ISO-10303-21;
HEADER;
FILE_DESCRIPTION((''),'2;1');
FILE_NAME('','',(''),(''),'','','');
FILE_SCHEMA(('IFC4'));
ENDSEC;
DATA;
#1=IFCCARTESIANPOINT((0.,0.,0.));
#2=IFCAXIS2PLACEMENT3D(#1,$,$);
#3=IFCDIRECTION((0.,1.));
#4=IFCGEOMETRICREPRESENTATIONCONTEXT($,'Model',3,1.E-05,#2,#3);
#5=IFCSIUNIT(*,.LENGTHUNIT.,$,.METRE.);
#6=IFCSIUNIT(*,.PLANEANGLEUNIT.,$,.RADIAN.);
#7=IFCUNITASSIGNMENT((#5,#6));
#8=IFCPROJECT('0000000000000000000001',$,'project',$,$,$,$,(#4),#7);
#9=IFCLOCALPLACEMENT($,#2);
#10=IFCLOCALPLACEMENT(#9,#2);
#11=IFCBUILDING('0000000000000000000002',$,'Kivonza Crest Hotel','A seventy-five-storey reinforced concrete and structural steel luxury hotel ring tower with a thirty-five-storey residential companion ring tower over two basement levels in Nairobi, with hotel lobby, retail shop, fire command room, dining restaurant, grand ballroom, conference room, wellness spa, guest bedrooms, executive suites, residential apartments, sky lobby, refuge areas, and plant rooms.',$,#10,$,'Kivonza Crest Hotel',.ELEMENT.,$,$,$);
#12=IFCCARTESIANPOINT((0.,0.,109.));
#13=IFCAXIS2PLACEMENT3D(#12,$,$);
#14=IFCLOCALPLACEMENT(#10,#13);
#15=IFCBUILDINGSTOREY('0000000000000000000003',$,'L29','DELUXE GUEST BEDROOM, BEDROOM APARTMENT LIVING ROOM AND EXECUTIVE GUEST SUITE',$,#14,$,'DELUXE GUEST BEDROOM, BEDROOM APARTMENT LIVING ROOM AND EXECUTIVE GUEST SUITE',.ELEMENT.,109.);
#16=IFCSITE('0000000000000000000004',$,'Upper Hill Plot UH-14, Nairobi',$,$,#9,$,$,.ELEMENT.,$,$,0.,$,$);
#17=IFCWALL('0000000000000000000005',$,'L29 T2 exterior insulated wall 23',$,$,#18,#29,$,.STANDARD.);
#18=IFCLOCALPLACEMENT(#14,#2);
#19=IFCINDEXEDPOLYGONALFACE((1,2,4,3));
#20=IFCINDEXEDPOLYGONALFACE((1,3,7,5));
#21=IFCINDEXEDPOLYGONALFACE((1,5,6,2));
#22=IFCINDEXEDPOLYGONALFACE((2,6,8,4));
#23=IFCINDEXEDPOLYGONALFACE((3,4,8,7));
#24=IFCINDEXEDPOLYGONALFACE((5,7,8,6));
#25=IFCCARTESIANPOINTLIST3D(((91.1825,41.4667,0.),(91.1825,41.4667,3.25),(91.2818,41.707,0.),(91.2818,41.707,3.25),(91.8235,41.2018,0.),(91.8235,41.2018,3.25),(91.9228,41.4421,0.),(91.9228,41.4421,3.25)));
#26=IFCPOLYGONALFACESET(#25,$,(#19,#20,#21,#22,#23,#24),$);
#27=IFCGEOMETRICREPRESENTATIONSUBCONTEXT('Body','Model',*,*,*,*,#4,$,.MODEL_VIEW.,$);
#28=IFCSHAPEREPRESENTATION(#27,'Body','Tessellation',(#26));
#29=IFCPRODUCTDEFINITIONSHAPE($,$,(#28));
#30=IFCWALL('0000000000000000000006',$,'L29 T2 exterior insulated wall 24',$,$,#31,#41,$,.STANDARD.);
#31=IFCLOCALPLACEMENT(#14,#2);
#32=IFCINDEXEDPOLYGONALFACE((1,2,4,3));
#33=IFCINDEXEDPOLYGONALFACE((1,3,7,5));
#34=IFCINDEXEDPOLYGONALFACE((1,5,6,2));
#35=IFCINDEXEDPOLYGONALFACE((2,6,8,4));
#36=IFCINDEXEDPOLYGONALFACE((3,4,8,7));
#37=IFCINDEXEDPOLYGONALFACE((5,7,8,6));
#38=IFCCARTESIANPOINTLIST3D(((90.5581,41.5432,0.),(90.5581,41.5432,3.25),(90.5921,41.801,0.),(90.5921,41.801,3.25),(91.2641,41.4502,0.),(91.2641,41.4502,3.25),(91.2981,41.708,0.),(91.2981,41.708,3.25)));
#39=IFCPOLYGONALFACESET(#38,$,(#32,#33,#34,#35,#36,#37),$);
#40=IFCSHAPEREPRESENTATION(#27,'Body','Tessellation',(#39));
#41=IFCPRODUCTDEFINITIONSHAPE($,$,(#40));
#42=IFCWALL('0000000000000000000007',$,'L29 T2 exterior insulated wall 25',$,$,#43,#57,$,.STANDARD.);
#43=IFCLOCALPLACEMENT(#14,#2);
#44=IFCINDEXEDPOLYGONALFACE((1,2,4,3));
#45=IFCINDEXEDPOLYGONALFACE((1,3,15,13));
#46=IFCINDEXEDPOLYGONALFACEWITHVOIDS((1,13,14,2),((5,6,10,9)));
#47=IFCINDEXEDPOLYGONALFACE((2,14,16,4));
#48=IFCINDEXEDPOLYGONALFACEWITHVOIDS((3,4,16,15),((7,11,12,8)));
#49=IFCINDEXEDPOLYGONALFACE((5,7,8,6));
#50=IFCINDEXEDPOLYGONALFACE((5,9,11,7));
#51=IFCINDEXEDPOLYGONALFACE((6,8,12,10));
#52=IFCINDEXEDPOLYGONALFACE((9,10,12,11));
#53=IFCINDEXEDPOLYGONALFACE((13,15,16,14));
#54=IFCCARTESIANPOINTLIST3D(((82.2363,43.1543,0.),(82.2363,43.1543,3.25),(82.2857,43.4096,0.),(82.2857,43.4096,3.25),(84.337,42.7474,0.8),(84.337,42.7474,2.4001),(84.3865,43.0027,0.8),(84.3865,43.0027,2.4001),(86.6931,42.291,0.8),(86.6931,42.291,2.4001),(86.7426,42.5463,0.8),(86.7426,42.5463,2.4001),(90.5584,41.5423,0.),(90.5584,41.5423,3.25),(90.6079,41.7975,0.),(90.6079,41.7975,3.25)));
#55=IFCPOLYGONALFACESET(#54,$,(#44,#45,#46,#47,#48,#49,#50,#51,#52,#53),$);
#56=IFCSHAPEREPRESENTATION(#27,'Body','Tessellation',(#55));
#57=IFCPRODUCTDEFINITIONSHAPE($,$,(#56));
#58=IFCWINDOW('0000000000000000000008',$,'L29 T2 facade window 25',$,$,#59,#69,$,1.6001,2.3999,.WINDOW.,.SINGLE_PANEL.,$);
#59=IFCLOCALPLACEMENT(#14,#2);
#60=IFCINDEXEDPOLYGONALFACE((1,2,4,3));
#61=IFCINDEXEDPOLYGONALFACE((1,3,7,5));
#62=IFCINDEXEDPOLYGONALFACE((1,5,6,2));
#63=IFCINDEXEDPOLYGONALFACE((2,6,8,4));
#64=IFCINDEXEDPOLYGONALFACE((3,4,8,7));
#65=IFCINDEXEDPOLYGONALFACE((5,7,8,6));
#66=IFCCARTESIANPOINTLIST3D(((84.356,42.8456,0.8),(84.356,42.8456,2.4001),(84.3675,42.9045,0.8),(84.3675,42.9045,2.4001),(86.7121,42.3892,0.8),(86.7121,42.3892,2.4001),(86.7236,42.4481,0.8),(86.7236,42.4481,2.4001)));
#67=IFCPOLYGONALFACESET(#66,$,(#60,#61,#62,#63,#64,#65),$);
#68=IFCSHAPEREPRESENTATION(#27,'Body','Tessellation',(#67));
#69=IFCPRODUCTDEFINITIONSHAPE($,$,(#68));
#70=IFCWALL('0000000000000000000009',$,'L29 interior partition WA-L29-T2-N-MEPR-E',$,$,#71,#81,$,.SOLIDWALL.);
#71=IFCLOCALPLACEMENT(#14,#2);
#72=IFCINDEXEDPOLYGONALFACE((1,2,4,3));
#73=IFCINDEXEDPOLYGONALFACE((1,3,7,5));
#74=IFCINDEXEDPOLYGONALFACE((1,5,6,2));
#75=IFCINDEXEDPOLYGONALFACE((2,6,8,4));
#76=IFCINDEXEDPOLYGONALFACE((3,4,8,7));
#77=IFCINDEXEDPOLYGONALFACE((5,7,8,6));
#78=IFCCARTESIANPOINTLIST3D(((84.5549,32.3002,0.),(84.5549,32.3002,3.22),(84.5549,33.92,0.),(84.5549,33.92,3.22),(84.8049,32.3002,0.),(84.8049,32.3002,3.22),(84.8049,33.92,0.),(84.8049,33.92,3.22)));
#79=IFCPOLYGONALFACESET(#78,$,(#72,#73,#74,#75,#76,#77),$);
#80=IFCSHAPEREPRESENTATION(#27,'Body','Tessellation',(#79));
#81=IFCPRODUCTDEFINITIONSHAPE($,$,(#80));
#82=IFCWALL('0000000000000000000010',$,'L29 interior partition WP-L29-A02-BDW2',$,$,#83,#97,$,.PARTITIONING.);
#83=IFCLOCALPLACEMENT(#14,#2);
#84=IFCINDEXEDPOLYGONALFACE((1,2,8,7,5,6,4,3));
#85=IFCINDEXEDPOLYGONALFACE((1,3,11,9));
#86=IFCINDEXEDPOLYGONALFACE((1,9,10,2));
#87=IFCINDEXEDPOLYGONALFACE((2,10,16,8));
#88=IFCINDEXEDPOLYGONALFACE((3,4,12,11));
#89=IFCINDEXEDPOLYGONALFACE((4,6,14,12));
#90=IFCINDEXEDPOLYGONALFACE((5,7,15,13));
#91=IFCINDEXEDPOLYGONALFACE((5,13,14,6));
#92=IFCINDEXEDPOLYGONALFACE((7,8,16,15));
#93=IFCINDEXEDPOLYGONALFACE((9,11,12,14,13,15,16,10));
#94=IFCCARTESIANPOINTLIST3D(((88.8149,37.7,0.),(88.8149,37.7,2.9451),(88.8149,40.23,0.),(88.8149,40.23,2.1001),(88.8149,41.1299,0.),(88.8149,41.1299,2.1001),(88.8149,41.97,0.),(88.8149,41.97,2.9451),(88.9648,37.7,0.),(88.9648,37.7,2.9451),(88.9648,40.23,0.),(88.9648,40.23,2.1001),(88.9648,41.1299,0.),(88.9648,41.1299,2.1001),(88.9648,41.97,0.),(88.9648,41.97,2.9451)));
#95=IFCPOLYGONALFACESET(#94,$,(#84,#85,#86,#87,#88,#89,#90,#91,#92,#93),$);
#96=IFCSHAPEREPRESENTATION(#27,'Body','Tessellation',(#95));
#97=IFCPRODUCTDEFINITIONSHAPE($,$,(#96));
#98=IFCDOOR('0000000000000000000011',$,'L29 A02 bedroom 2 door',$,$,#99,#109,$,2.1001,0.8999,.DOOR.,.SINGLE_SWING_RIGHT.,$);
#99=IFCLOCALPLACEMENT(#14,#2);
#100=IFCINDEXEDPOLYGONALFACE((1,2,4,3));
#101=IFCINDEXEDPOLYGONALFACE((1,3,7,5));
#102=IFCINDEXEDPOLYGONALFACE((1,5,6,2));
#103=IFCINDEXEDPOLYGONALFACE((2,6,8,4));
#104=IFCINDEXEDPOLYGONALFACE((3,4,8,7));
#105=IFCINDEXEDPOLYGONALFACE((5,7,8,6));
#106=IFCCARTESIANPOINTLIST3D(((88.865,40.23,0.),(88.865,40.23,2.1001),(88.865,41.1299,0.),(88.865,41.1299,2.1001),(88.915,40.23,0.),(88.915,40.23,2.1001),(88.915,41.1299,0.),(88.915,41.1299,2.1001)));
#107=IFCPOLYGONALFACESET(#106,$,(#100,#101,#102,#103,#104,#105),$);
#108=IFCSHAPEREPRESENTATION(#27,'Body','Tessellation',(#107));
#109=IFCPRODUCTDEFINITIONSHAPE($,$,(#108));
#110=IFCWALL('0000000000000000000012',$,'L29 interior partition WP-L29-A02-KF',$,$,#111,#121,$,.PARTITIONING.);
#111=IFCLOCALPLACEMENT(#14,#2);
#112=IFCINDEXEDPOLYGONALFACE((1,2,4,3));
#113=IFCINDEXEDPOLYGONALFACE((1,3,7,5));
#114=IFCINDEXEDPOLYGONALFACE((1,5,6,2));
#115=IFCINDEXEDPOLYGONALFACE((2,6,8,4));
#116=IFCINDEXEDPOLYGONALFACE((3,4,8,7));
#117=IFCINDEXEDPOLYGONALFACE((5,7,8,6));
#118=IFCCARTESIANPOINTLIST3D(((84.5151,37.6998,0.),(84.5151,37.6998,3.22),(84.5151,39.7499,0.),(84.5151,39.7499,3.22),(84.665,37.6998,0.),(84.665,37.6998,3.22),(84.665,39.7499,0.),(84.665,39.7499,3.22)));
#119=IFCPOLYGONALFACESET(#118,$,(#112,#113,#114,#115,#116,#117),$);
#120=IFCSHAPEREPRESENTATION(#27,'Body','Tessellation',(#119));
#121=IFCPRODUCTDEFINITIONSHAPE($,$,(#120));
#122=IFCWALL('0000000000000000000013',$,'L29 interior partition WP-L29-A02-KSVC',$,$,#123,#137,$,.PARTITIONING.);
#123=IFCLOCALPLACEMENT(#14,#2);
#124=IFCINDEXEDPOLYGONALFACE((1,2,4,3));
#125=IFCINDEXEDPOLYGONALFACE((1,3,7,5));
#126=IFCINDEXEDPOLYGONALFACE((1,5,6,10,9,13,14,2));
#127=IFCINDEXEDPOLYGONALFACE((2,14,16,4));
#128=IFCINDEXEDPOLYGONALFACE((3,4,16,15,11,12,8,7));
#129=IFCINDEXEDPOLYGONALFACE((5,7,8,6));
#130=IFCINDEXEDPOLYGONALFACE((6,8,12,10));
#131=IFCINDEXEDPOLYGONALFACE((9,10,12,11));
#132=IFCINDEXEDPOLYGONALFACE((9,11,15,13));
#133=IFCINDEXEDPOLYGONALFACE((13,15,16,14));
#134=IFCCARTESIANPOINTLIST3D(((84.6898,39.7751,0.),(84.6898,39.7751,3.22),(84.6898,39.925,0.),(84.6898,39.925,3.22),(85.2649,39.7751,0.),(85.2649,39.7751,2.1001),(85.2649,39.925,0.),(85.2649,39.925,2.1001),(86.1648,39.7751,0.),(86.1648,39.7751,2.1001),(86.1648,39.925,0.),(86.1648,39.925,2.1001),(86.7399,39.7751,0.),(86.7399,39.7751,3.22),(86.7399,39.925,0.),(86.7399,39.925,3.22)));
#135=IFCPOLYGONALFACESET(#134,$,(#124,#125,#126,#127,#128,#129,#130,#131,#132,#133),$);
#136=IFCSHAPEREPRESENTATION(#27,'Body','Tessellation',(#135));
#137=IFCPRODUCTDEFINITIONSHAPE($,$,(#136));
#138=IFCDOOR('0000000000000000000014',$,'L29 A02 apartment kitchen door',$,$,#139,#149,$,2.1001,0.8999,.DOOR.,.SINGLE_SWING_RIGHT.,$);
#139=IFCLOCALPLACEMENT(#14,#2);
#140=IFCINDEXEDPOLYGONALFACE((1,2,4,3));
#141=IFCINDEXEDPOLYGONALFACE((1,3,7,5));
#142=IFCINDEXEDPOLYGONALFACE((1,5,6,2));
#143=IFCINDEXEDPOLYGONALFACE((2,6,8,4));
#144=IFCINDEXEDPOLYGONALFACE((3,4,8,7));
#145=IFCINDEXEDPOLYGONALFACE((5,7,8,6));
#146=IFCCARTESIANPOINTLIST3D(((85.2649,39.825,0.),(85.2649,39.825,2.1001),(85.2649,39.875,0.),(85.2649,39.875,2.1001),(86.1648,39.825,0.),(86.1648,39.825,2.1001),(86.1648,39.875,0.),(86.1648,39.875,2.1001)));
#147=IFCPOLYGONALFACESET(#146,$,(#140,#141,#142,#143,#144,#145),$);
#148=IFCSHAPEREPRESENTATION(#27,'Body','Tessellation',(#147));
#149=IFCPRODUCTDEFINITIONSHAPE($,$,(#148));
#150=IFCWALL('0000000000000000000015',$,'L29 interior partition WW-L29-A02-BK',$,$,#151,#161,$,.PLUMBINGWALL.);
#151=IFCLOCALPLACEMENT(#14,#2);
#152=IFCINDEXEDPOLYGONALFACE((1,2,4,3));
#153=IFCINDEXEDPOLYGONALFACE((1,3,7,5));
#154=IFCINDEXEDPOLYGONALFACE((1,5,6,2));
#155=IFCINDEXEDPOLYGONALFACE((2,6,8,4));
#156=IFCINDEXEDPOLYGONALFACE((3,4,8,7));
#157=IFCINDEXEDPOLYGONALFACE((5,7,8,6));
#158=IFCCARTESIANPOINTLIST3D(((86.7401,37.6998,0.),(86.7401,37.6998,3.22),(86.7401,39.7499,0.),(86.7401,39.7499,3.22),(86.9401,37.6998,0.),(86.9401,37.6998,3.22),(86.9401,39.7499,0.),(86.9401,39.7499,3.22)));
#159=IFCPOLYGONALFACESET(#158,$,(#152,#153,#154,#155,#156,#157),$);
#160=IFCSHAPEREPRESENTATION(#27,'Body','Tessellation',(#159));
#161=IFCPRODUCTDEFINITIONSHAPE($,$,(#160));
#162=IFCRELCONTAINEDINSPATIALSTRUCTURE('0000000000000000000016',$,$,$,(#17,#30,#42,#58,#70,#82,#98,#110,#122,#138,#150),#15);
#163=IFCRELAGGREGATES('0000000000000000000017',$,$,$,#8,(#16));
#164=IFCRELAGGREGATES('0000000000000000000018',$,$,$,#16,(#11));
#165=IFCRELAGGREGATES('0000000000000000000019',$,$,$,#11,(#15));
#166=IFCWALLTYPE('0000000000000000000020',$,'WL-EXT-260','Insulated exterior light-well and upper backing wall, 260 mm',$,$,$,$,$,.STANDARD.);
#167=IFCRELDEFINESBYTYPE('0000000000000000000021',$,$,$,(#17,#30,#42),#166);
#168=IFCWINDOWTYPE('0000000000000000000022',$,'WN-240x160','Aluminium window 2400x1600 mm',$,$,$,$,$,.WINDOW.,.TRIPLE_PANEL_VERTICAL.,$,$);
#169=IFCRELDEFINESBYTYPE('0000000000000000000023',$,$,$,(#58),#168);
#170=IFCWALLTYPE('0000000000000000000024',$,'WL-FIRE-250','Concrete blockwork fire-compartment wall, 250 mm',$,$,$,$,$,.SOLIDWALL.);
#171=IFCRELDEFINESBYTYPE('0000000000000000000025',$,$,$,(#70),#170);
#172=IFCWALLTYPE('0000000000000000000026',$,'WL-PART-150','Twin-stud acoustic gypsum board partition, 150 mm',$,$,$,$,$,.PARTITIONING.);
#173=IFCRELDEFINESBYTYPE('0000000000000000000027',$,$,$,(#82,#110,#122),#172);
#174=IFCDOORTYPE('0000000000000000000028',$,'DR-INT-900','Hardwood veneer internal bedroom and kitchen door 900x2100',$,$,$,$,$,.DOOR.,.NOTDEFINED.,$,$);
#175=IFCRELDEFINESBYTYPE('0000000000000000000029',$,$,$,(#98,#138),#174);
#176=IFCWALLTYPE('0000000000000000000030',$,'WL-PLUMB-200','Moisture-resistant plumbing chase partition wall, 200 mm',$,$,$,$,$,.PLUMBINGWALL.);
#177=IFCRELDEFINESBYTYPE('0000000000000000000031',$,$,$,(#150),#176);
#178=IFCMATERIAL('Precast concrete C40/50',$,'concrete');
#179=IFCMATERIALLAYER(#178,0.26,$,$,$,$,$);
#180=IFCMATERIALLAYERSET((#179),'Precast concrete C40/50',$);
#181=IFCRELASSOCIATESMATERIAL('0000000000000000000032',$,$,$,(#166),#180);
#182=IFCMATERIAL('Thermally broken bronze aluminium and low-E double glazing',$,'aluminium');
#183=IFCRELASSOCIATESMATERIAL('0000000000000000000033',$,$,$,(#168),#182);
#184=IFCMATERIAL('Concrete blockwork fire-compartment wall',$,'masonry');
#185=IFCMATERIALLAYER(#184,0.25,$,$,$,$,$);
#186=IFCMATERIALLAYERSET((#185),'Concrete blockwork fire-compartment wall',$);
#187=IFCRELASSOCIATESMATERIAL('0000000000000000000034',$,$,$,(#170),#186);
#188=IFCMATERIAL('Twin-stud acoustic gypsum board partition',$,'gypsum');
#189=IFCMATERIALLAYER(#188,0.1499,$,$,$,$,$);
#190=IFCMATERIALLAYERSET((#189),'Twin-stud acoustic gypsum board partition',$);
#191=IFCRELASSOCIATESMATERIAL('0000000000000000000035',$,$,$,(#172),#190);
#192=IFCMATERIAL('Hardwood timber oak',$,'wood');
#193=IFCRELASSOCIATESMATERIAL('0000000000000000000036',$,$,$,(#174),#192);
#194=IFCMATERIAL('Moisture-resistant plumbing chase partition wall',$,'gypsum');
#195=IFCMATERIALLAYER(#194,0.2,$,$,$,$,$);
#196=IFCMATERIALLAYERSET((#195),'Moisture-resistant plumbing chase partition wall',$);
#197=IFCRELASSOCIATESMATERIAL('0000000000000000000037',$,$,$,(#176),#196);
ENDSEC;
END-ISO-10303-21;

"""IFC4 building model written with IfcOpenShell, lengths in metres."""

from ifc_helpers import new_model, si_unit, direction, frame, frame_2d, origin, place, context, subcontext, project, spatial, rectangle, extrude, material, layer, layer_set, type_object, element, fill, save


model = new_model("IFC4")

# Units and contexts
model_context = context("Model", 3, precision=1e-05, world=origin(), true_north=direction((0.0, 1.0)))
body_context = subcontext(model_context, "Body", "Model", "MODEL_VIEW")
ifc_project = project(units=[si_unit("LENGTHUNIT", "METRE"), si_unit("PLANEANGLEUNIT", "RADIAN")], contexts=[model_context])

# Site, building, storey
site_placement = place(None, origin())
site = spatial("IfcSite", under=ifc_project, at=site_placement, Name="Upper Hill Plot UH-14, Nairobi", CompositionType="ELEMENT", RefElevation=0.0)
building_placement = place(site_placement, origin())
building = spatial("IfcBuilding", under=site, at=building_placement, Name="Kivonza Crest Hotel", Description="A seventy-five-storey reinforced concrete and structural steel luxury hotel ring tower with a thirty-five-storey residential companion ring tower over two basement levels in Nairobi, with hotel lobby, retail shop, fire command room, dining restaurant, grand ballroom, conference room, wellness spa, guest bedrooms, executive suites, residential apartments, sky lobby, refuge areas, and plant rooms.", LongName="Kivonza Crest Hotel", CompositionType="ELEMENT")
storey_placement = place(building_placement, frame((0.0, 0.0, 109.0)))
storey = spatial("IfcBuildingStorey", under=building, at=storey_placement, Name="L29", Description="DELUXE GUEST BEDROOM, BEDROOM APARTMENT LIVING ROOM AND EXECUTIVE GUEST SUITE", LongName="DELUXE GUEST BEDROOM, BEDROOM APARTMENT LIVING ROOM AND EXECUTIVE GUEST SUITE", CompositionType="ELEMENT", Elevation=109.0)

# Shared definitions
ifc_material_1 = material(Name="Precast concrete C40/50", Category="concrete")
ifc_layer_1 = layer(ifc_material_1, 0.26)
ifc_layer_set_1 = layer_set([ifc_layer_1], Name="Precast concrete C40/50")
wall_type_1 = type_object("IfcWallType", Name="WL-EXT-260", Description="Insulated exterior light-well and upper backing wall, 260 mm", PredefinedType="STANDARD", material=ifc_layer_set_1)

# Shared definitions
ifc_material_2 = material(Name="Thermally broken bronze aluminium and low-E double glazing", Category="aluminium")

# Walls
wall_1_placement = place(storey_placement, frame((91.873, 41.322, 0.0), z_axis=(0.0, 0.0, 1.0), x_axis=(-0.924218, 0.381865, 0.0)))
element("IfcWall", 1, at=wall_1_placement, inside=storey, type_object=wall_type_1, Name="L29 T2 exterior insulated wall 23", PredefinedType="STANDARD", context=body_context, shape_type="SweptSolid", body=[
    extrude(rectangle(XDim=0.6936, YDim=0.26, at=frame_2d((0.3467, 0.0))), origin(), (0.0, 0.0, 1.0), 3.25),
])
wall_2_placement = place(storey_placement, frame((91.281, 41.5791, 0.0), z_axis=(0.0, 0.0, 1.0), x_axis=(-0.991433, 0.130614, 0.0)))
element("IfcWall", 2, at=wall_2_placement, inside=storey, type_object=wall_type_1, Name="L29 T2 exterior insulated wall 24", PredefinedType="STANDARD", context=body_context, shape_type="SweptSolid", body=[
    extrude(rectangle(XDim=0.7122, YDim=0.26, at=frame_2d((0.356, 0.0))), origin(), (0.0, 0.0, 1.0), 3.25),
])

# Wall, opening, window
wall_3_placement = place(storey_placement, frame((90.583, 41.6699, 0.0), z_axis=(0.0, 0.0, 1.0), x_axis=(-0.98175, 0.190175, 0.0)))
wall_3 = element("IfcWall", 3, at=wall_3_placement, inside=storey, type_object=wall_type_1, Name="L29 T2 exterior insulated wall 25", PredefinedType="STANDARD", context=body_context, shape_type="SweptSolid", body=[
    extrude(rectangle(XDim=8.4768, YDim=0.26, at=frame_2d((4.2383, 0.0))), origin(), (0.0, 0.0, 1.0), 3.25),
])
opening_1_placement = place(wall_3_placement, frame((3.937, 0.0, 0.8)))
opening_1 = element("IfcOpeningElement", 4, at=opening_1_placement, cuts=wall_3, PredefinedType="OPENING", context=body_context, shape_type="SweptSolid", body=[
    extrude(rectangle(XDim=2.3999, YDim=1.6001, at=frame_2d((1.2, 0.8))), frame((0.0, 0.1401, 0.0), z_axis=(0.0, -1.0, 0.0), x_axis=(1.0, 0.0, 0.0)), (0.0, 0.0, 1.0), 0.28),
])
window_type_1 = type_object("IfcWindowType", Name="WN-240x160", Description="Aluminium window 2400x1600 mm", PartitioningType="TRIPLE_PANEL_VERTICAL", PredefinedType="WINDOW", material=ifc_material_2)
window_1_placement = place(opening_1_placement, origin())
window_1 = element("IfcWindow", 5, at=window_1_placement, inside=storey, type_object=window_type_1, Name="L29 T2 facade window 25", OverallHeight=1.6001, OverallWidth=2.3999, PartitioningType="SINGLE_PANEL", PredefinedType="WINDOW", context=body_context, shape_type="SweptSolid", body=[
    extrude(rectangle(XDim=2.3999, YDim=1.6001, at=frame_2d((1.2, 0.8))), frame((0.0, 0.03, 0.0), z_axis=(0.0, -1.0, 0.0), x_axis=(1.0, 0.0, 0.0)), (0.0, 0.0, 1.0), 0.0601),
])
fill(opening_1, window_1)

# Wall
ifc_material_3 = material(Name="Concrete blockwork fire-compartment wall", Category="masonry")
ifc_layer_2 = layer(ifc_material_3, 0.25)
ifc_layer_set_2 = layer_set([ifc_layer_2], Name="Concrete blockwork fire-compartment wall")
wall_type_2 = type_object("IfcWallType", Name="WL-FIRE-250", Description="Concrete blockwork fire-compartment wall, 250 mm", PredefinedType="SOLIDWALL", material=ifc_layer_set_2)
wall_4_placement = place(storey_placement, frame((84.6799, 32.3, 0.0), z_axis=(0.0, 0.0, 1.0), x_axis=(0.0, 1.0, 0.0)))
element("IfcWall", 6, at=wall_4_placement, inside=storey, type_object=wall_type_2, Name="L29 interior partition WA-L29-T2-N-MEPR-E", PredefinedType="SOLIDWALL", context=body_context, shape_type="SweptSolid", body=[
    extrude(rectangle(XDim=1.6199, YDim=0.25, at=frame_2d((0.8101, 0.0))), origin(), (0.0, 0.0, 1.0), 3.22),
])

# Wall, opening, door
ifc_material_4 = material(Name="Twin-stud acoustic gypsum board partition", Category="gypsum")
ifc_layer_3 = layer(ifc_material_4, 0.1499)
ifc_layer_set_3 = layer_set([ifc_layer_3], Name="Twin-stud acoustic gypsum board partition")
wall_type_3 = type_object("IfcWallType", Name="WL-PART-150", Description="Twin-stud acoustic gypsum board partition, 150 mm", PredefinedType="PARTITIONING", material=ifc_layer_set_3)
wall_5_placement = place(storey_placement, frame((88.8899, 37.7, 0.0), z_axis=(0.0, 0.0, 1.0), x_axis=(0.0, 1.0, 0.0)))
wall_5 = element("IfcWall", 7, at=wall_5_placement, inside=storey, type_object=wall_type_3, Name="L29 interior partition WP-L29-A02-BDW2", PredefinedType="PARTITIONING", context=body_context, shape_type="SweptSolid", body=[
    extrude(rectangle(XDim=4.27, YDim=0.1499, at=frame_2d((2.135, 0.0))), origin(), (0.0, 0.0, 1.0), 2.9451),
])
opening_2_placement = place(wall_5_placement, frame((2.53, 0.0, 0.0)))
opening_2 = element("IfcOpeningElement", 8, at=opening_2_placement, cuts=wall_5, PredefinedType="OPENING", context=body_context, shape_type="SweptSolid", body=[
    extrude(rectangle(XDim=0.8999, YDim=2.1001, at=frame_2d((0.45, 1.05))), frame((0.0, 0.085, 0.0), z_axis=(0.0, -1.0, 0.0), x_axis=(1.0, 0.0, 0.0)), (0.0, 0.0, 1.0), 0.1699),
])
ifc_material_5 = material(Name="Hardwood timber oak", Category="wood")
door_type_1 = type_object("IfcDoorType", Name="DR-INT-900", Description="Hardwood veneer internal bedroom and kitchen door 900x2100", OperationType="NOTDEFINED", PredefinedType="DOOR", material=ifc_material_5)
door_1_placement = place(opening_2_placement, origin())
door_1 = element("IfcDoor", 9, at=door_1_placement, inside=storey, type_object=door_type_1, Name="L29 A02 bedroom 2 door", OperationType="SINGLE_SWING_RIGHT", OverallHeight=2.1001, OverallWidth=0.8999, PredefinedType="DOOR", context=body_context, shape_type="SweptSolid", body=[
    extrude(rectangle(XDim=0.8999, YDim=2.1001, at=frame_2d((0.45, 1.05))), frame((0.0, 0.0249, 0.0), z_axis=(0.0, -1.0, 0.0), x_axis=(1.0, 0.0, 0.0)), (0.0, 0.0, 1.0), 0.05),
])
fill(opening_2, door_1)

# Wall
wall_6_placement = place(storey_placement, frame((84.5901, 37.7, 0.0), z_axis=(0.0, 0.0, 1.0), x_axis=(0.0, 1.0, 0.0)))
element("IfcWall", 10, at=wall_6_placement, inside=storey, type_object=wall_type_3, Name="L29 interior partition WP-L29-A02-KF", PredefinedType="PARTITIONING", context=body_context, shape_type="SweptSolid", body=[
    extrude(rectangle(XDim=2.05, YDim=0.1499, at=frame_2d((1.0249, 0.0))), origin(), (0.0, 0.0, 1.0), 3.22),
])

# Wall, opening, door
wall_7_placement = place(storey_placement, frame((84.6899, 39.8501, 0.0), z_axis=(0.0, 0.0, 1.0), x_axis=(1.0, 0.0, 0.0)))
wall_7 = element("IfcWall", 11, at=wall_7_placement, inside=storey, type_object=wall_type_3, Name="L29 interior partition WP-L29-A02-KSVC", PredefinedType="PARTITIONING", context=body_context, shape_type="SweptSolid", body=[
    extrude(rectangle(XDim=2.05, YDim=0.1499, at=frame_2d((1.0249, 0.0))), origin(), (0.0, 0.0, 1.0), 3.22),
])
opening_3_placement = place(wall_7_placement, frame((0.575, 0.0, 0.0)))
opening_3 = element("IfcOpeningElement", 12, at=opening_3_placement, cuts=wall_7, PredefinedType="OPENING", context=body_context, shape_type="SweptSolid", body=[
    extrude(rectangle(XDim=0.8999, YDim=2.1001, at=frame_2d((0.45, 1.05))), frame((0.0, 0.085, 0.0), z_axis=(0.0, -1.0, 0.0), x_axis=(1.0, 0.0, 0.0)), (0.0, 0.0, 1.0), 0.1699),
])
door_2_placement = place(opening_3_placement, origin())
door_2 = element("IfcDoor", 13, at=door_2_placement, inside=storey, type_object=door_type_1, Name="L29 A02 apartment kitchen door", OperationType="SINGLE_SWING_RIGHT", OverallHeight=2.1001, OverallWidth=0.8999, PredefinedType="DOOR", context=body_context, shape_type="SweptSolid", body=[
    extrude(rectangle(XDim=0.8999, YDim=2.1001, at=frame_2d((0.45, 1.05))), frame((0.0, 0.0249, 0.0), z_axis=(0.0, -1.0, 0.0), x_axis=(1.0, 0.0, 0.0)), (0.0, 0.0, 1.0), 0.05),
])
fill(opening_3, door_2)

# Wall
ifc_material_6 = material(Name="Moisture-resistant plumbing chase partition wall", Category="gypsum")
ifc_layer_4 = layer(ifc_material_6, 0.2)
ifc_layer_set_4 = layer_set([ifc_layer_4], Name="Moisture-resistant plumbing chase partition wall")
wall_type_4 = type_object("IfcWallType", Name="WL-PLUMB-200", Description="Moisture-resistant plumbing chase partition wall, 200 mm", PredefinedType="PLUMBINGWALL", material=ifc_layer_set_4)
wall_8_placement = place(storey_placement, frame((86.8401, 37.7, 0.0), z_axis=(0.0, 0.0, 1.0), x_axis=(0.0, 1.0, 0.0)))
element("IfcWall", 14, at=wall_8_placement, inside=storey, type_object=wall_type_4, Name="L29 interior partition WW-L29-A02-BK", PredefinedType="PLUMBINGWALL", context=body_context, shape_type="SweptSolid", body=[
    extrude(rectangle(XDim=2.05, YDim=0.2, at=frame_2d((1.0249, 0.0))), origin(), (0.0, 0.0, 1.0), 3.22),
])

save(model, "model.ifc")
